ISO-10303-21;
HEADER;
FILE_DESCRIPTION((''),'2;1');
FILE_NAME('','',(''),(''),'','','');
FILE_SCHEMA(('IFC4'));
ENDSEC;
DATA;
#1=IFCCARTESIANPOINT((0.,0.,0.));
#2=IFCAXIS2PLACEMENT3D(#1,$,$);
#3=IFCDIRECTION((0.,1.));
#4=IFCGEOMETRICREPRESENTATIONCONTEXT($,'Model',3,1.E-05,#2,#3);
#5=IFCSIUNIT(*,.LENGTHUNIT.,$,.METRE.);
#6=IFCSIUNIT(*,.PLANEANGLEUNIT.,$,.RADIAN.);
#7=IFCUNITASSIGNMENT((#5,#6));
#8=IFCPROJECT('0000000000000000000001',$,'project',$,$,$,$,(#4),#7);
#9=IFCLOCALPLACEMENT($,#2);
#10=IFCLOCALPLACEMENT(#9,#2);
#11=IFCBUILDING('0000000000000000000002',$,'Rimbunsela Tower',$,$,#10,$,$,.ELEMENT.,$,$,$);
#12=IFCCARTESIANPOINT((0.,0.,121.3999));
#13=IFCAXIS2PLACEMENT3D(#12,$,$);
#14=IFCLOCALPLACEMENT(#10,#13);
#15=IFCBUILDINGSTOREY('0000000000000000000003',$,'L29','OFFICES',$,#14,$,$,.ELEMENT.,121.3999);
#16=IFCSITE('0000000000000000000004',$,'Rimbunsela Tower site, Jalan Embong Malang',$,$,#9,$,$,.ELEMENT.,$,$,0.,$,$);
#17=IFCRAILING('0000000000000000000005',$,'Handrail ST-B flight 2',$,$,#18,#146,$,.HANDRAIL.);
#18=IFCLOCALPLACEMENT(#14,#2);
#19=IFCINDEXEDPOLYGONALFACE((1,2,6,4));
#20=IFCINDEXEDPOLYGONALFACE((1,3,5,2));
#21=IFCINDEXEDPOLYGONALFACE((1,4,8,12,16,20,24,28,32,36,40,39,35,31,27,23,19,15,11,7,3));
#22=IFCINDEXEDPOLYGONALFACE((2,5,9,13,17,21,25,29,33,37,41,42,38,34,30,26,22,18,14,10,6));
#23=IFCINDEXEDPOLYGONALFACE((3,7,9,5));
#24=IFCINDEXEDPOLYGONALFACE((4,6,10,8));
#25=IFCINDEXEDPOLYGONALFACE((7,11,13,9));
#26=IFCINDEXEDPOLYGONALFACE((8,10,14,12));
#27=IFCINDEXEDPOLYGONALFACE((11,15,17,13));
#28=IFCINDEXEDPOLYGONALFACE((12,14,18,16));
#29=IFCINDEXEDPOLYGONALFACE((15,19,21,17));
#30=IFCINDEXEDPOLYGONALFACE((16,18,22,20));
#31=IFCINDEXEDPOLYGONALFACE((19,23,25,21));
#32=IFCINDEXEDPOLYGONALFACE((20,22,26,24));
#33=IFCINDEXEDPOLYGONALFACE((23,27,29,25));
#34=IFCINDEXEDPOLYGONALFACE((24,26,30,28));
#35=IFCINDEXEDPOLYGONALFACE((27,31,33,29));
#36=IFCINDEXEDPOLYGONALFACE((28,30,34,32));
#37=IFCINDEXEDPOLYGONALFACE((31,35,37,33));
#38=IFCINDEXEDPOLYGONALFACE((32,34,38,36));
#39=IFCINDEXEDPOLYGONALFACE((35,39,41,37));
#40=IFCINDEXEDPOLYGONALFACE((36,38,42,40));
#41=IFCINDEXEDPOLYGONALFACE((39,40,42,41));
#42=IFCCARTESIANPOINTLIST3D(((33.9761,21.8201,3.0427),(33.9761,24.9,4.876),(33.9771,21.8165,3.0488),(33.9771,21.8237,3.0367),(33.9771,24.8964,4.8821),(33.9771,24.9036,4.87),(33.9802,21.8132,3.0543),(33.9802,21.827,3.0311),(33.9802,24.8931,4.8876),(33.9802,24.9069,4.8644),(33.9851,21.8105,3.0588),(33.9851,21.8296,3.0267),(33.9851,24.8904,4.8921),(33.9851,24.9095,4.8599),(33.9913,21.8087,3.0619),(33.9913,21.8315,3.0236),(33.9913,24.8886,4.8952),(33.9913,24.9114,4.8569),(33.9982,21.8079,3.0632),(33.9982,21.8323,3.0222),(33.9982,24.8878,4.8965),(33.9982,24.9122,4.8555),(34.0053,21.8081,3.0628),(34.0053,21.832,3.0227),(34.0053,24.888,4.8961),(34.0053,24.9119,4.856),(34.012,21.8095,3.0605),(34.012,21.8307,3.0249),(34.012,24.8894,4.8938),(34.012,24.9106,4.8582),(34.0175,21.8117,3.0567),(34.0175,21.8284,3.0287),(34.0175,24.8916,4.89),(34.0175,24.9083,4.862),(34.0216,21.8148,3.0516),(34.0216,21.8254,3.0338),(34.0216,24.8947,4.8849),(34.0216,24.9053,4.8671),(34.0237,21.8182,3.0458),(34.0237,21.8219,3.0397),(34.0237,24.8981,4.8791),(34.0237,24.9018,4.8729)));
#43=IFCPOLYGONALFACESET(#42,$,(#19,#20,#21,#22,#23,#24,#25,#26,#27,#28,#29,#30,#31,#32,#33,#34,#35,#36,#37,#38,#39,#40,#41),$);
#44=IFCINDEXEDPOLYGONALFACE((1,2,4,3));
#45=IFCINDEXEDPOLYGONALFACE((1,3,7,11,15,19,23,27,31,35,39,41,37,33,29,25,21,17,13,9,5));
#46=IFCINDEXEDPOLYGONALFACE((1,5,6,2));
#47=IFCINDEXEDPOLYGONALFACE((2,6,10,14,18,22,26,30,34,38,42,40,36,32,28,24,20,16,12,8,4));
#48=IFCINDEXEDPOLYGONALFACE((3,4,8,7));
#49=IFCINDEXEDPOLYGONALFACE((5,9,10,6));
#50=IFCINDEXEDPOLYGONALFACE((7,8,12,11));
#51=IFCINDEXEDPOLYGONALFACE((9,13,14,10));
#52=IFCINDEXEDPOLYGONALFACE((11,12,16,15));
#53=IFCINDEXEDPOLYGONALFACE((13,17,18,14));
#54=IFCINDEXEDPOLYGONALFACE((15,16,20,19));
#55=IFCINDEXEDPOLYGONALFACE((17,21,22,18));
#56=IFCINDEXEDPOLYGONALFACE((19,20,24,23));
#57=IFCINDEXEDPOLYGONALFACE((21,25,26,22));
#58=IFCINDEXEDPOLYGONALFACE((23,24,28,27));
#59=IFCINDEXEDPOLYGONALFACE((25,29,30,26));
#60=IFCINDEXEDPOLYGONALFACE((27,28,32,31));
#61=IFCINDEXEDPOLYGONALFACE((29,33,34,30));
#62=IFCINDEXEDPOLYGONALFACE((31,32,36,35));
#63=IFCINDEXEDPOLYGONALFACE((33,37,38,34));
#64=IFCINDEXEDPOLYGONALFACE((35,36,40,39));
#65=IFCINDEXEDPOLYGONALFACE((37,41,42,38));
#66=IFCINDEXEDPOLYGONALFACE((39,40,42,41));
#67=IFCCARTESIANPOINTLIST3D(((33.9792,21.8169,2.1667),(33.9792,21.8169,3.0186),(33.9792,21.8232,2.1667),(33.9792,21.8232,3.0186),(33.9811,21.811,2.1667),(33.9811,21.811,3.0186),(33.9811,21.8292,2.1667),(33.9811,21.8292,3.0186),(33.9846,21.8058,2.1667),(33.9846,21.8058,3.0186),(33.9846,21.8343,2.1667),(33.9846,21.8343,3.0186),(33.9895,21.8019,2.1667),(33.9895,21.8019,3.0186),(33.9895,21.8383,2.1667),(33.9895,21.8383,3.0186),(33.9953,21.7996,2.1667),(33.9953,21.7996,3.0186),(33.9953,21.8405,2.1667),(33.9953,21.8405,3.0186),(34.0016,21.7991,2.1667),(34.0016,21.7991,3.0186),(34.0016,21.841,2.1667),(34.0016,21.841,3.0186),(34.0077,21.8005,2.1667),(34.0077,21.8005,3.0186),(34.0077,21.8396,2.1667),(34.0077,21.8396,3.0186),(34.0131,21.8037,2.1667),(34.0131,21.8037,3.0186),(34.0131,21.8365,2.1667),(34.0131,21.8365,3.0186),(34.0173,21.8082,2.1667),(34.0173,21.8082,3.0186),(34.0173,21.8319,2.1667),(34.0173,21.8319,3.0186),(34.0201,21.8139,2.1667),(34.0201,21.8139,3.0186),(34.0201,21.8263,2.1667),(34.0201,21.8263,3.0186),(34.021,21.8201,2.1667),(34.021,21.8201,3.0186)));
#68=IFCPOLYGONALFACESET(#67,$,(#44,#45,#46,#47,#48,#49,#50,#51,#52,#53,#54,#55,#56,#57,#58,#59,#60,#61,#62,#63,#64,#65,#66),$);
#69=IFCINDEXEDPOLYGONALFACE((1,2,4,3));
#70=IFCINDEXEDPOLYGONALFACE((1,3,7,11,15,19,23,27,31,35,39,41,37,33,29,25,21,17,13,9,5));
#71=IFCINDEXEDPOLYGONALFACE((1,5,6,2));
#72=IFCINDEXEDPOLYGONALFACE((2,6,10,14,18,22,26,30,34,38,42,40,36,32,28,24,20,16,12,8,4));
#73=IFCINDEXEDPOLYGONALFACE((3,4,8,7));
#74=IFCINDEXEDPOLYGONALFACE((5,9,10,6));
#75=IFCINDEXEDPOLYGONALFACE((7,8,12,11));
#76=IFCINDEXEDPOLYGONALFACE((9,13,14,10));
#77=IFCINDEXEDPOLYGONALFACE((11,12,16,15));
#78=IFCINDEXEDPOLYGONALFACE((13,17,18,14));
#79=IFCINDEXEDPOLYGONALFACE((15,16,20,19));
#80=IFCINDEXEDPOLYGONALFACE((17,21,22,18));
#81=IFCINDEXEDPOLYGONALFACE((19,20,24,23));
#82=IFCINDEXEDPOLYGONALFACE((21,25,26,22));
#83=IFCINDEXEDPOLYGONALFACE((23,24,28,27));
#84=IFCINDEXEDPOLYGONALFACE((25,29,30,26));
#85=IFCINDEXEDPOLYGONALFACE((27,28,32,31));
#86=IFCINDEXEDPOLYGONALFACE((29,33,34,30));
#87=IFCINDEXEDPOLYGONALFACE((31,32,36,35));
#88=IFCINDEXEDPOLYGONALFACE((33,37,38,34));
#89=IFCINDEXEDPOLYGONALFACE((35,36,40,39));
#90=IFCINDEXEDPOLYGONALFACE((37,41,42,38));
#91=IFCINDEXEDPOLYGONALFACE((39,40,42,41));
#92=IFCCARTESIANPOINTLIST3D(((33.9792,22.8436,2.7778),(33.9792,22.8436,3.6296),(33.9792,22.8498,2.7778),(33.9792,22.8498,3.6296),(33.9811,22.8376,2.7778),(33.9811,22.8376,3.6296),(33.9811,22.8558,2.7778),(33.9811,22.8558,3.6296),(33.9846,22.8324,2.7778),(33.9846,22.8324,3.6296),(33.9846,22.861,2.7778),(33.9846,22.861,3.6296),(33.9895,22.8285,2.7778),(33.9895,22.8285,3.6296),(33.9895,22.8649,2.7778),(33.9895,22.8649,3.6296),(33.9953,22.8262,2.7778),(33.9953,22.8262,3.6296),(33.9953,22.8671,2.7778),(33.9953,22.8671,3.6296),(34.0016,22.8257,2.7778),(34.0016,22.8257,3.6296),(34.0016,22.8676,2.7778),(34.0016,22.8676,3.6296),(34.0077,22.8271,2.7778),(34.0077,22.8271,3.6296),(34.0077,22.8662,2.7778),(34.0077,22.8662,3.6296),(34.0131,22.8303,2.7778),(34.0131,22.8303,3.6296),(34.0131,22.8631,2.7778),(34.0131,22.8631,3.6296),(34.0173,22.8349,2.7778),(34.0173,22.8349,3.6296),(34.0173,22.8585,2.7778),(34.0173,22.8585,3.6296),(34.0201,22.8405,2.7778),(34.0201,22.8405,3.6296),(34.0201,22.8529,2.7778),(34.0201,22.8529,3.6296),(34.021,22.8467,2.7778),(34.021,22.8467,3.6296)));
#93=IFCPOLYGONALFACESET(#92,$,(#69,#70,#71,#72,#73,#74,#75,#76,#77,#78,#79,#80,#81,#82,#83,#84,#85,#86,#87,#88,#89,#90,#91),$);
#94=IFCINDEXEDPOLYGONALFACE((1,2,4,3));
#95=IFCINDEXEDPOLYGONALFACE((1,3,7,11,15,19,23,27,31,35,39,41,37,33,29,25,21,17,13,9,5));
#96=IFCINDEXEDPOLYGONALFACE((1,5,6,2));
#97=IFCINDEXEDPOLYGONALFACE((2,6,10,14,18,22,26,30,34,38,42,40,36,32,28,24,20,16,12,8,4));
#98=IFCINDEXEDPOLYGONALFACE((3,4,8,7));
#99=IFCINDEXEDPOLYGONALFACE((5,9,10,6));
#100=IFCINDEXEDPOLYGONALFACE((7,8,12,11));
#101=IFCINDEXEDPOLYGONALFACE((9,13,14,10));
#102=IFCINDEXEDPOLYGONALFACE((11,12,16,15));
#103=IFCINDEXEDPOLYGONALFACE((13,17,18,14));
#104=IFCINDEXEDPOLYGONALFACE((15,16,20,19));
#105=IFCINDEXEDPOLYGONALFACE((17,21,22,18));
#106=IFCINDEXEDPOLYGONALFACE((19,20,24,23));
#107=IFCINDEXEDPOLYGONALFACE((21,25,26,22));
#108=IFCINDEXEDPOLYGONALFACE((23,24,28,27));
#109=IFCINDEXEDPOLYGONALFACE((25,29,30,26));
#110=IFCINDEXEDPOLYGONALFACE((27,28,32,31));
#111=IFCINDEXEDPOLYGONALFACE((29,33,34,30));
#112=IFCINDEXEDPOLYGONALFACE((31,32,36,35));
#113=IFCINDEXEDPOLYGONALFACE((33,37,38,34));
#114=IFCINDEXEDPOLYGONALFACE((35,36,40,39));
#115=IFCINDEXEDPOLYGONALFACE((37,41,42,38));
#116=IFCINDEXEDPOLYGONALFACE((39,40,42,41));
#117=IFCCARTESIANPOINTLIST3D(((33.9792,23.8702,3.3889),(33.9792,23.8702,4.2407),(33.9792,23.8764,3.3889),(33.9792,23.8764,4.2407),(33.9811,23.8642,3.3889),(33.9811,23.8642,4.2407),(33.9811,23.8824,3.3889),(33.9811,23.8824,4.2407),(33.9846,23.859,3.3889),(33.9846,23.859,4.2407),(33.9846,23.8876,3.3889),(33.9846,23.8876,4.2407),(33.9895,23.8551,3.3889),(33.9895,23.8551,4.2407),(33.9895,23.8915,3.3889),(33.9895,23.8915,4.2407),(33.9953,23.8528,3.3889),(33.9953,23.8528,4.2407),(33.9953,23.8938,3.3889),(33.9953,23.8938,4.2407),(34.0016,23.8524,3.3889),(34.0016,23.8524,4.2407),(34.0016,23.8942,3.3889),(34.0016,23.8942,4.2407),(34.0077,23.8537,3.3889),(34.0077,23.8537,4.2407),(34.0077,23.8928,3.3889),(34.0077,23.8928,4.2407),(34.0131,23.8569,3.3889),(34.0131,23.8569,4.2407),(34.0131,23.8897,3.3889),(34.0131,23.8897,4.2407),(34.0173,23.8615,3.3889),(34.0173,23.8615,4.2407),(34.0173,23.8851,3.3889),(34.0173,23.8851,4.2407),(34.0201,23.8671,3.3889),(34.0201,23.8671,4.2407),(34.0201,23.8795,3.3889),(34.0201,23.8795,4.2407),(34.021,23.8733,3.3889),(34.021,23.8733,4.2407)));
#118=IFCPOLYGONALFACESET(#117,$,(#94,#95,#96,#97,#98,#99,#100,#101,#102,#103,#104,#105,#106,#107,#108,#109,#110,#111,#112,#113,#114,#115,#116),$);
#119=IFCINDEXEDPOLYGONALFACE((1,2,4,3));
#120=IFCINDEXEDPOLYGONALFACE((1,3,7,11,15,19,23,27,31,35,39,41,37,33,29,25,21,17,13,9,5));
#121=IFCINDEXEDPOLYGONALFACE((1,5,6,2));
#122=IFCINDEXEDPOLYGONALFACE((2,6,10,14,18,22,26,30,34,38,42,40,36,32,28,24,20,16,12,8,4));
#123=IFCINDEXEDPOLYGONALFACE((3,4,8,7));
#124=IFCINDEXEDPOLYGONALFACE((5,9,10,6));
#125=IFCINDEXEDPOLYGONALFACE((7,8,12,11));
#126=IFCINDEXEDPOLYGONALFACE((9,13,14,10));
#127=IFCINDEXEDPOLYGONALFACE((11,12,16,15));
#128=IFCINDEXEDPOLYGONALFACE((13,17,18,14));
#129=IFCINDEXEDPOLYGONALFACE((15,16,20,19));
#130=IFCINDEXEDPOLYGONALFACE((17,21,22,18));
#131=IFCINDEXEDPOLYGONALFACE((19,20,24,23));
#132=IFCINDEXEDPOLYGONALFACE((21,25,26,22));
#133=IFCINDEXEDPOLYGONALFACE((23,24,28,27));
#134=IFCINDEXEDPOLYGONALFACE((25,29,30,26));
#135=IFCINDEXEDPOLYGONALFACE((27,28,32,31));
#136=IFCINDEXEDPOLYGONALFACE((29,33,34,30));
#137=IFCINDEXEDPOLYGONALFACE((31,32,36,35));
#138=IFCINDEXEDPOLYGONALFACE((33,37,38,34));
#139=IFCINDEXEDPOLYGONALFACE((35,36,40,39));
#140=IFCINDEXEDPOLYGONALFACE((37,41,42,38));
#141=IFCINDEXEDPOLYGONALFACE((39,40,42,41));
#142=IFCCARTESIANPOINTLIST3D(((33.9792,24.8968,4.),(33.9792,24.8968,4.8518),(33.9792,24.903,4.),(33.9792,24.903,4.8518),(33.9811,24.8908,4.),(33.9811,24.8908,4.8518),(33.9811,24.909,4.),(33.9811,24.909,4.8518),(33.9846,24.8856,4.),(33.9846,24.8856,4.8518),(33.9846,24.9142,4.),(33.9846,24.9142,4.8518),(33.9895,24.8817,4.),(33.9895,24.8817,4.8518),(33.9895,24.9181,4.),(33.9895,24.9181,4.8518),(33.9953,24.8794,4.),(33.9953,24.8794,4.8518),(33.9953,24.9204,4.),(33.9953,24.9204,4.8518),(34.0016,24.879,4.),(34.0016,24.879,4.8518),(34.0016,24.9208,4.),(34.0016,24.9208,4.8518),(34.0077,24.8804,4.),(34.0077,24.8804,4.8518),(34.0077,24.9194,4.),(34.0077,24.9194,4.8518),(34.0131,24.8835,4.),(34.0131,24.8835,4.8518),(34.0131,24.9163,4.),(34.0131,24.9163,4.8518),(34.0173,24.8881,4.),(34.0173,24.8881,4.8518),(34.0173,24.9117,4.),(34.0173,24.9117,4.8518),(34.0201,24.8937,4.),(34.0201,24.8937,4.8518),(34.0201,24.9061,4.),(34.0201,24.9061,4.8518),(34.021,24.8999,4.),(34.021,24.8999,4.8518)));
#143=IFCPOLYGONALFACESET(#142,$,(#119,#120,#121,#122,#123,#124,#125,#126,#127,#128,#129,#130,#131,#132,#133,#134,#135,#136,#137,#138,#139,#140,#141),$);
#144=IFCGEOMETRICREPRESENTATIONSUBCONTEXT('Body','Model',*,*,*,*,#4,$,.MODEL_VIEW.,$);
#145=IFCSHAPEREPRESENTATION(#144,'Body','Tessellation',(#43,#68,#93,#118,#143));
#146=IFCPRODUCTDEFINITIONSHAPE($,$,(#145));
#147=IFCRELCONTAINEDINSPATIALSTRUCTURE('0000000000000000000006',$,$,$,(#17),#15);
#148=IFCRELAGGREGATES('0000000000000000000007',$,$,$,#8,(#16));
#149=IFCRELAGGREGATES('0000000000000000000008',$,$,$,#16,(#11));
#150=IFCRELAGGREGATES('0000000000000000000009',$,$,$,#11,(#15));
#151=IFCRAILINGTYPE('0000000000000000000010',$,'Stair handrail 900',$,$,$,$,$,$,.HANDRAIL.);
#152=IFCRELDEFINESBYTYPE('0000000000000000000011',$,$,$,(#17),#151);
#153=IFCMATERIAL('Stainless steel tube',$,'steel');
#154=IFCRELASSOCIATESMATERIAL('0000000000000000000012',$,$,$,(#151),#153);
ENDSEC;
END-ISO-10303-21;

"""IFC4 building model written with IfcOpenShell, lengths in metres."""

from ifc_helpers import new_model, si_unit, direction, frame, origin, origin_2d, place, context, subcontext, project, spatial, circle, extrude, material, type_object, element, save


model = new_model("IFC4")

# Units and contexts
model_context = context("Model", 3, precision=1e-05, world=origin(), true_north=direction((0.0, 1.0)))
body_context = subcontext(model_context, "Body", "Model", "MODEL_VIEW")
ifc_project = project(units=[si_unit("LENGTHUNIT", "METRE"), si_unit("PLANEANGLEUNIT", "RADIAN")], contexts=[model_context])

# Site, building, storey
site_placement = place(None, origin())
site = spatial("IfcSite", under=ifc_project, at=site_placement, Name="Rimbunsela Tower site, Jalan Embong Malang", CompositionType="ELEMENT", RefElevation=0.0)
building_placement = place(site_placement, origin())
building = spatial("IfcBuilding", under=site, at=building_placement, Name="Rimbunsela Tower", CompositionType="ELEMENT")
storey_placement = place(building_placement, frame((0.0, 0.0, 121.3999)))
storey = spatial("IfcBuildingStorey", under=building, at=storey_placement, Name="L29", Description="OFFICES", CompositionType="ELEMENT", Elevation=121.3999)

# Railing
ifc_material_1 = material(Name="Stainless steel tube", Category="steel")
railing_type = type_object("IfcRailingType", Name="Stair handrail 900", PredefinedType="HANDRAIL", material=ifc_material_1)
railing_1_placement = place(storey_placement, frame((34.0, 21.8201, 2.1667)))
element("IfcRailing", 1, at=railing_1_placement, inside=storey, type_object=railing_type, Name="Handrail ST-B flight 2", PredefinedType="HANDRAIL", context=body_context, shape_type="SweptSolid", body=[
    extrude(circle(Radius=0.0239, at=origin_2d()), frame((0.0, 0.0, 0.876), z_axis=(0.0, 0.859291, 0.511487), x_axis=(-1.0, 0.0, 0.0)), (0.0, 0.0, 1.0), 3.5842),
    extrude(circle(Radius=0.021, at=origin_2d()), origin(), (0.0, 0.0, 1.0), 0.8518),
    extrude(circle(Radius=0.021, at=origin_2d()), frame((0.0, 1.0266, 0.6111)), (0.0, 0.0, 1.0), 0.8518),
    extrude(circle(Radius=0.021, at=origin_2d()), frame((0.0, 2.0532, 1.2222)), (0.0, 0.0, 1.0), 0.8518),
    extrude(circle(Radius=0.021, at=origin_2d()), frame((0.0, 3.0798, 1.8333)), (0.0, 0.0, 1.0), 0.8518),
])

save(model, "model.ifc")
